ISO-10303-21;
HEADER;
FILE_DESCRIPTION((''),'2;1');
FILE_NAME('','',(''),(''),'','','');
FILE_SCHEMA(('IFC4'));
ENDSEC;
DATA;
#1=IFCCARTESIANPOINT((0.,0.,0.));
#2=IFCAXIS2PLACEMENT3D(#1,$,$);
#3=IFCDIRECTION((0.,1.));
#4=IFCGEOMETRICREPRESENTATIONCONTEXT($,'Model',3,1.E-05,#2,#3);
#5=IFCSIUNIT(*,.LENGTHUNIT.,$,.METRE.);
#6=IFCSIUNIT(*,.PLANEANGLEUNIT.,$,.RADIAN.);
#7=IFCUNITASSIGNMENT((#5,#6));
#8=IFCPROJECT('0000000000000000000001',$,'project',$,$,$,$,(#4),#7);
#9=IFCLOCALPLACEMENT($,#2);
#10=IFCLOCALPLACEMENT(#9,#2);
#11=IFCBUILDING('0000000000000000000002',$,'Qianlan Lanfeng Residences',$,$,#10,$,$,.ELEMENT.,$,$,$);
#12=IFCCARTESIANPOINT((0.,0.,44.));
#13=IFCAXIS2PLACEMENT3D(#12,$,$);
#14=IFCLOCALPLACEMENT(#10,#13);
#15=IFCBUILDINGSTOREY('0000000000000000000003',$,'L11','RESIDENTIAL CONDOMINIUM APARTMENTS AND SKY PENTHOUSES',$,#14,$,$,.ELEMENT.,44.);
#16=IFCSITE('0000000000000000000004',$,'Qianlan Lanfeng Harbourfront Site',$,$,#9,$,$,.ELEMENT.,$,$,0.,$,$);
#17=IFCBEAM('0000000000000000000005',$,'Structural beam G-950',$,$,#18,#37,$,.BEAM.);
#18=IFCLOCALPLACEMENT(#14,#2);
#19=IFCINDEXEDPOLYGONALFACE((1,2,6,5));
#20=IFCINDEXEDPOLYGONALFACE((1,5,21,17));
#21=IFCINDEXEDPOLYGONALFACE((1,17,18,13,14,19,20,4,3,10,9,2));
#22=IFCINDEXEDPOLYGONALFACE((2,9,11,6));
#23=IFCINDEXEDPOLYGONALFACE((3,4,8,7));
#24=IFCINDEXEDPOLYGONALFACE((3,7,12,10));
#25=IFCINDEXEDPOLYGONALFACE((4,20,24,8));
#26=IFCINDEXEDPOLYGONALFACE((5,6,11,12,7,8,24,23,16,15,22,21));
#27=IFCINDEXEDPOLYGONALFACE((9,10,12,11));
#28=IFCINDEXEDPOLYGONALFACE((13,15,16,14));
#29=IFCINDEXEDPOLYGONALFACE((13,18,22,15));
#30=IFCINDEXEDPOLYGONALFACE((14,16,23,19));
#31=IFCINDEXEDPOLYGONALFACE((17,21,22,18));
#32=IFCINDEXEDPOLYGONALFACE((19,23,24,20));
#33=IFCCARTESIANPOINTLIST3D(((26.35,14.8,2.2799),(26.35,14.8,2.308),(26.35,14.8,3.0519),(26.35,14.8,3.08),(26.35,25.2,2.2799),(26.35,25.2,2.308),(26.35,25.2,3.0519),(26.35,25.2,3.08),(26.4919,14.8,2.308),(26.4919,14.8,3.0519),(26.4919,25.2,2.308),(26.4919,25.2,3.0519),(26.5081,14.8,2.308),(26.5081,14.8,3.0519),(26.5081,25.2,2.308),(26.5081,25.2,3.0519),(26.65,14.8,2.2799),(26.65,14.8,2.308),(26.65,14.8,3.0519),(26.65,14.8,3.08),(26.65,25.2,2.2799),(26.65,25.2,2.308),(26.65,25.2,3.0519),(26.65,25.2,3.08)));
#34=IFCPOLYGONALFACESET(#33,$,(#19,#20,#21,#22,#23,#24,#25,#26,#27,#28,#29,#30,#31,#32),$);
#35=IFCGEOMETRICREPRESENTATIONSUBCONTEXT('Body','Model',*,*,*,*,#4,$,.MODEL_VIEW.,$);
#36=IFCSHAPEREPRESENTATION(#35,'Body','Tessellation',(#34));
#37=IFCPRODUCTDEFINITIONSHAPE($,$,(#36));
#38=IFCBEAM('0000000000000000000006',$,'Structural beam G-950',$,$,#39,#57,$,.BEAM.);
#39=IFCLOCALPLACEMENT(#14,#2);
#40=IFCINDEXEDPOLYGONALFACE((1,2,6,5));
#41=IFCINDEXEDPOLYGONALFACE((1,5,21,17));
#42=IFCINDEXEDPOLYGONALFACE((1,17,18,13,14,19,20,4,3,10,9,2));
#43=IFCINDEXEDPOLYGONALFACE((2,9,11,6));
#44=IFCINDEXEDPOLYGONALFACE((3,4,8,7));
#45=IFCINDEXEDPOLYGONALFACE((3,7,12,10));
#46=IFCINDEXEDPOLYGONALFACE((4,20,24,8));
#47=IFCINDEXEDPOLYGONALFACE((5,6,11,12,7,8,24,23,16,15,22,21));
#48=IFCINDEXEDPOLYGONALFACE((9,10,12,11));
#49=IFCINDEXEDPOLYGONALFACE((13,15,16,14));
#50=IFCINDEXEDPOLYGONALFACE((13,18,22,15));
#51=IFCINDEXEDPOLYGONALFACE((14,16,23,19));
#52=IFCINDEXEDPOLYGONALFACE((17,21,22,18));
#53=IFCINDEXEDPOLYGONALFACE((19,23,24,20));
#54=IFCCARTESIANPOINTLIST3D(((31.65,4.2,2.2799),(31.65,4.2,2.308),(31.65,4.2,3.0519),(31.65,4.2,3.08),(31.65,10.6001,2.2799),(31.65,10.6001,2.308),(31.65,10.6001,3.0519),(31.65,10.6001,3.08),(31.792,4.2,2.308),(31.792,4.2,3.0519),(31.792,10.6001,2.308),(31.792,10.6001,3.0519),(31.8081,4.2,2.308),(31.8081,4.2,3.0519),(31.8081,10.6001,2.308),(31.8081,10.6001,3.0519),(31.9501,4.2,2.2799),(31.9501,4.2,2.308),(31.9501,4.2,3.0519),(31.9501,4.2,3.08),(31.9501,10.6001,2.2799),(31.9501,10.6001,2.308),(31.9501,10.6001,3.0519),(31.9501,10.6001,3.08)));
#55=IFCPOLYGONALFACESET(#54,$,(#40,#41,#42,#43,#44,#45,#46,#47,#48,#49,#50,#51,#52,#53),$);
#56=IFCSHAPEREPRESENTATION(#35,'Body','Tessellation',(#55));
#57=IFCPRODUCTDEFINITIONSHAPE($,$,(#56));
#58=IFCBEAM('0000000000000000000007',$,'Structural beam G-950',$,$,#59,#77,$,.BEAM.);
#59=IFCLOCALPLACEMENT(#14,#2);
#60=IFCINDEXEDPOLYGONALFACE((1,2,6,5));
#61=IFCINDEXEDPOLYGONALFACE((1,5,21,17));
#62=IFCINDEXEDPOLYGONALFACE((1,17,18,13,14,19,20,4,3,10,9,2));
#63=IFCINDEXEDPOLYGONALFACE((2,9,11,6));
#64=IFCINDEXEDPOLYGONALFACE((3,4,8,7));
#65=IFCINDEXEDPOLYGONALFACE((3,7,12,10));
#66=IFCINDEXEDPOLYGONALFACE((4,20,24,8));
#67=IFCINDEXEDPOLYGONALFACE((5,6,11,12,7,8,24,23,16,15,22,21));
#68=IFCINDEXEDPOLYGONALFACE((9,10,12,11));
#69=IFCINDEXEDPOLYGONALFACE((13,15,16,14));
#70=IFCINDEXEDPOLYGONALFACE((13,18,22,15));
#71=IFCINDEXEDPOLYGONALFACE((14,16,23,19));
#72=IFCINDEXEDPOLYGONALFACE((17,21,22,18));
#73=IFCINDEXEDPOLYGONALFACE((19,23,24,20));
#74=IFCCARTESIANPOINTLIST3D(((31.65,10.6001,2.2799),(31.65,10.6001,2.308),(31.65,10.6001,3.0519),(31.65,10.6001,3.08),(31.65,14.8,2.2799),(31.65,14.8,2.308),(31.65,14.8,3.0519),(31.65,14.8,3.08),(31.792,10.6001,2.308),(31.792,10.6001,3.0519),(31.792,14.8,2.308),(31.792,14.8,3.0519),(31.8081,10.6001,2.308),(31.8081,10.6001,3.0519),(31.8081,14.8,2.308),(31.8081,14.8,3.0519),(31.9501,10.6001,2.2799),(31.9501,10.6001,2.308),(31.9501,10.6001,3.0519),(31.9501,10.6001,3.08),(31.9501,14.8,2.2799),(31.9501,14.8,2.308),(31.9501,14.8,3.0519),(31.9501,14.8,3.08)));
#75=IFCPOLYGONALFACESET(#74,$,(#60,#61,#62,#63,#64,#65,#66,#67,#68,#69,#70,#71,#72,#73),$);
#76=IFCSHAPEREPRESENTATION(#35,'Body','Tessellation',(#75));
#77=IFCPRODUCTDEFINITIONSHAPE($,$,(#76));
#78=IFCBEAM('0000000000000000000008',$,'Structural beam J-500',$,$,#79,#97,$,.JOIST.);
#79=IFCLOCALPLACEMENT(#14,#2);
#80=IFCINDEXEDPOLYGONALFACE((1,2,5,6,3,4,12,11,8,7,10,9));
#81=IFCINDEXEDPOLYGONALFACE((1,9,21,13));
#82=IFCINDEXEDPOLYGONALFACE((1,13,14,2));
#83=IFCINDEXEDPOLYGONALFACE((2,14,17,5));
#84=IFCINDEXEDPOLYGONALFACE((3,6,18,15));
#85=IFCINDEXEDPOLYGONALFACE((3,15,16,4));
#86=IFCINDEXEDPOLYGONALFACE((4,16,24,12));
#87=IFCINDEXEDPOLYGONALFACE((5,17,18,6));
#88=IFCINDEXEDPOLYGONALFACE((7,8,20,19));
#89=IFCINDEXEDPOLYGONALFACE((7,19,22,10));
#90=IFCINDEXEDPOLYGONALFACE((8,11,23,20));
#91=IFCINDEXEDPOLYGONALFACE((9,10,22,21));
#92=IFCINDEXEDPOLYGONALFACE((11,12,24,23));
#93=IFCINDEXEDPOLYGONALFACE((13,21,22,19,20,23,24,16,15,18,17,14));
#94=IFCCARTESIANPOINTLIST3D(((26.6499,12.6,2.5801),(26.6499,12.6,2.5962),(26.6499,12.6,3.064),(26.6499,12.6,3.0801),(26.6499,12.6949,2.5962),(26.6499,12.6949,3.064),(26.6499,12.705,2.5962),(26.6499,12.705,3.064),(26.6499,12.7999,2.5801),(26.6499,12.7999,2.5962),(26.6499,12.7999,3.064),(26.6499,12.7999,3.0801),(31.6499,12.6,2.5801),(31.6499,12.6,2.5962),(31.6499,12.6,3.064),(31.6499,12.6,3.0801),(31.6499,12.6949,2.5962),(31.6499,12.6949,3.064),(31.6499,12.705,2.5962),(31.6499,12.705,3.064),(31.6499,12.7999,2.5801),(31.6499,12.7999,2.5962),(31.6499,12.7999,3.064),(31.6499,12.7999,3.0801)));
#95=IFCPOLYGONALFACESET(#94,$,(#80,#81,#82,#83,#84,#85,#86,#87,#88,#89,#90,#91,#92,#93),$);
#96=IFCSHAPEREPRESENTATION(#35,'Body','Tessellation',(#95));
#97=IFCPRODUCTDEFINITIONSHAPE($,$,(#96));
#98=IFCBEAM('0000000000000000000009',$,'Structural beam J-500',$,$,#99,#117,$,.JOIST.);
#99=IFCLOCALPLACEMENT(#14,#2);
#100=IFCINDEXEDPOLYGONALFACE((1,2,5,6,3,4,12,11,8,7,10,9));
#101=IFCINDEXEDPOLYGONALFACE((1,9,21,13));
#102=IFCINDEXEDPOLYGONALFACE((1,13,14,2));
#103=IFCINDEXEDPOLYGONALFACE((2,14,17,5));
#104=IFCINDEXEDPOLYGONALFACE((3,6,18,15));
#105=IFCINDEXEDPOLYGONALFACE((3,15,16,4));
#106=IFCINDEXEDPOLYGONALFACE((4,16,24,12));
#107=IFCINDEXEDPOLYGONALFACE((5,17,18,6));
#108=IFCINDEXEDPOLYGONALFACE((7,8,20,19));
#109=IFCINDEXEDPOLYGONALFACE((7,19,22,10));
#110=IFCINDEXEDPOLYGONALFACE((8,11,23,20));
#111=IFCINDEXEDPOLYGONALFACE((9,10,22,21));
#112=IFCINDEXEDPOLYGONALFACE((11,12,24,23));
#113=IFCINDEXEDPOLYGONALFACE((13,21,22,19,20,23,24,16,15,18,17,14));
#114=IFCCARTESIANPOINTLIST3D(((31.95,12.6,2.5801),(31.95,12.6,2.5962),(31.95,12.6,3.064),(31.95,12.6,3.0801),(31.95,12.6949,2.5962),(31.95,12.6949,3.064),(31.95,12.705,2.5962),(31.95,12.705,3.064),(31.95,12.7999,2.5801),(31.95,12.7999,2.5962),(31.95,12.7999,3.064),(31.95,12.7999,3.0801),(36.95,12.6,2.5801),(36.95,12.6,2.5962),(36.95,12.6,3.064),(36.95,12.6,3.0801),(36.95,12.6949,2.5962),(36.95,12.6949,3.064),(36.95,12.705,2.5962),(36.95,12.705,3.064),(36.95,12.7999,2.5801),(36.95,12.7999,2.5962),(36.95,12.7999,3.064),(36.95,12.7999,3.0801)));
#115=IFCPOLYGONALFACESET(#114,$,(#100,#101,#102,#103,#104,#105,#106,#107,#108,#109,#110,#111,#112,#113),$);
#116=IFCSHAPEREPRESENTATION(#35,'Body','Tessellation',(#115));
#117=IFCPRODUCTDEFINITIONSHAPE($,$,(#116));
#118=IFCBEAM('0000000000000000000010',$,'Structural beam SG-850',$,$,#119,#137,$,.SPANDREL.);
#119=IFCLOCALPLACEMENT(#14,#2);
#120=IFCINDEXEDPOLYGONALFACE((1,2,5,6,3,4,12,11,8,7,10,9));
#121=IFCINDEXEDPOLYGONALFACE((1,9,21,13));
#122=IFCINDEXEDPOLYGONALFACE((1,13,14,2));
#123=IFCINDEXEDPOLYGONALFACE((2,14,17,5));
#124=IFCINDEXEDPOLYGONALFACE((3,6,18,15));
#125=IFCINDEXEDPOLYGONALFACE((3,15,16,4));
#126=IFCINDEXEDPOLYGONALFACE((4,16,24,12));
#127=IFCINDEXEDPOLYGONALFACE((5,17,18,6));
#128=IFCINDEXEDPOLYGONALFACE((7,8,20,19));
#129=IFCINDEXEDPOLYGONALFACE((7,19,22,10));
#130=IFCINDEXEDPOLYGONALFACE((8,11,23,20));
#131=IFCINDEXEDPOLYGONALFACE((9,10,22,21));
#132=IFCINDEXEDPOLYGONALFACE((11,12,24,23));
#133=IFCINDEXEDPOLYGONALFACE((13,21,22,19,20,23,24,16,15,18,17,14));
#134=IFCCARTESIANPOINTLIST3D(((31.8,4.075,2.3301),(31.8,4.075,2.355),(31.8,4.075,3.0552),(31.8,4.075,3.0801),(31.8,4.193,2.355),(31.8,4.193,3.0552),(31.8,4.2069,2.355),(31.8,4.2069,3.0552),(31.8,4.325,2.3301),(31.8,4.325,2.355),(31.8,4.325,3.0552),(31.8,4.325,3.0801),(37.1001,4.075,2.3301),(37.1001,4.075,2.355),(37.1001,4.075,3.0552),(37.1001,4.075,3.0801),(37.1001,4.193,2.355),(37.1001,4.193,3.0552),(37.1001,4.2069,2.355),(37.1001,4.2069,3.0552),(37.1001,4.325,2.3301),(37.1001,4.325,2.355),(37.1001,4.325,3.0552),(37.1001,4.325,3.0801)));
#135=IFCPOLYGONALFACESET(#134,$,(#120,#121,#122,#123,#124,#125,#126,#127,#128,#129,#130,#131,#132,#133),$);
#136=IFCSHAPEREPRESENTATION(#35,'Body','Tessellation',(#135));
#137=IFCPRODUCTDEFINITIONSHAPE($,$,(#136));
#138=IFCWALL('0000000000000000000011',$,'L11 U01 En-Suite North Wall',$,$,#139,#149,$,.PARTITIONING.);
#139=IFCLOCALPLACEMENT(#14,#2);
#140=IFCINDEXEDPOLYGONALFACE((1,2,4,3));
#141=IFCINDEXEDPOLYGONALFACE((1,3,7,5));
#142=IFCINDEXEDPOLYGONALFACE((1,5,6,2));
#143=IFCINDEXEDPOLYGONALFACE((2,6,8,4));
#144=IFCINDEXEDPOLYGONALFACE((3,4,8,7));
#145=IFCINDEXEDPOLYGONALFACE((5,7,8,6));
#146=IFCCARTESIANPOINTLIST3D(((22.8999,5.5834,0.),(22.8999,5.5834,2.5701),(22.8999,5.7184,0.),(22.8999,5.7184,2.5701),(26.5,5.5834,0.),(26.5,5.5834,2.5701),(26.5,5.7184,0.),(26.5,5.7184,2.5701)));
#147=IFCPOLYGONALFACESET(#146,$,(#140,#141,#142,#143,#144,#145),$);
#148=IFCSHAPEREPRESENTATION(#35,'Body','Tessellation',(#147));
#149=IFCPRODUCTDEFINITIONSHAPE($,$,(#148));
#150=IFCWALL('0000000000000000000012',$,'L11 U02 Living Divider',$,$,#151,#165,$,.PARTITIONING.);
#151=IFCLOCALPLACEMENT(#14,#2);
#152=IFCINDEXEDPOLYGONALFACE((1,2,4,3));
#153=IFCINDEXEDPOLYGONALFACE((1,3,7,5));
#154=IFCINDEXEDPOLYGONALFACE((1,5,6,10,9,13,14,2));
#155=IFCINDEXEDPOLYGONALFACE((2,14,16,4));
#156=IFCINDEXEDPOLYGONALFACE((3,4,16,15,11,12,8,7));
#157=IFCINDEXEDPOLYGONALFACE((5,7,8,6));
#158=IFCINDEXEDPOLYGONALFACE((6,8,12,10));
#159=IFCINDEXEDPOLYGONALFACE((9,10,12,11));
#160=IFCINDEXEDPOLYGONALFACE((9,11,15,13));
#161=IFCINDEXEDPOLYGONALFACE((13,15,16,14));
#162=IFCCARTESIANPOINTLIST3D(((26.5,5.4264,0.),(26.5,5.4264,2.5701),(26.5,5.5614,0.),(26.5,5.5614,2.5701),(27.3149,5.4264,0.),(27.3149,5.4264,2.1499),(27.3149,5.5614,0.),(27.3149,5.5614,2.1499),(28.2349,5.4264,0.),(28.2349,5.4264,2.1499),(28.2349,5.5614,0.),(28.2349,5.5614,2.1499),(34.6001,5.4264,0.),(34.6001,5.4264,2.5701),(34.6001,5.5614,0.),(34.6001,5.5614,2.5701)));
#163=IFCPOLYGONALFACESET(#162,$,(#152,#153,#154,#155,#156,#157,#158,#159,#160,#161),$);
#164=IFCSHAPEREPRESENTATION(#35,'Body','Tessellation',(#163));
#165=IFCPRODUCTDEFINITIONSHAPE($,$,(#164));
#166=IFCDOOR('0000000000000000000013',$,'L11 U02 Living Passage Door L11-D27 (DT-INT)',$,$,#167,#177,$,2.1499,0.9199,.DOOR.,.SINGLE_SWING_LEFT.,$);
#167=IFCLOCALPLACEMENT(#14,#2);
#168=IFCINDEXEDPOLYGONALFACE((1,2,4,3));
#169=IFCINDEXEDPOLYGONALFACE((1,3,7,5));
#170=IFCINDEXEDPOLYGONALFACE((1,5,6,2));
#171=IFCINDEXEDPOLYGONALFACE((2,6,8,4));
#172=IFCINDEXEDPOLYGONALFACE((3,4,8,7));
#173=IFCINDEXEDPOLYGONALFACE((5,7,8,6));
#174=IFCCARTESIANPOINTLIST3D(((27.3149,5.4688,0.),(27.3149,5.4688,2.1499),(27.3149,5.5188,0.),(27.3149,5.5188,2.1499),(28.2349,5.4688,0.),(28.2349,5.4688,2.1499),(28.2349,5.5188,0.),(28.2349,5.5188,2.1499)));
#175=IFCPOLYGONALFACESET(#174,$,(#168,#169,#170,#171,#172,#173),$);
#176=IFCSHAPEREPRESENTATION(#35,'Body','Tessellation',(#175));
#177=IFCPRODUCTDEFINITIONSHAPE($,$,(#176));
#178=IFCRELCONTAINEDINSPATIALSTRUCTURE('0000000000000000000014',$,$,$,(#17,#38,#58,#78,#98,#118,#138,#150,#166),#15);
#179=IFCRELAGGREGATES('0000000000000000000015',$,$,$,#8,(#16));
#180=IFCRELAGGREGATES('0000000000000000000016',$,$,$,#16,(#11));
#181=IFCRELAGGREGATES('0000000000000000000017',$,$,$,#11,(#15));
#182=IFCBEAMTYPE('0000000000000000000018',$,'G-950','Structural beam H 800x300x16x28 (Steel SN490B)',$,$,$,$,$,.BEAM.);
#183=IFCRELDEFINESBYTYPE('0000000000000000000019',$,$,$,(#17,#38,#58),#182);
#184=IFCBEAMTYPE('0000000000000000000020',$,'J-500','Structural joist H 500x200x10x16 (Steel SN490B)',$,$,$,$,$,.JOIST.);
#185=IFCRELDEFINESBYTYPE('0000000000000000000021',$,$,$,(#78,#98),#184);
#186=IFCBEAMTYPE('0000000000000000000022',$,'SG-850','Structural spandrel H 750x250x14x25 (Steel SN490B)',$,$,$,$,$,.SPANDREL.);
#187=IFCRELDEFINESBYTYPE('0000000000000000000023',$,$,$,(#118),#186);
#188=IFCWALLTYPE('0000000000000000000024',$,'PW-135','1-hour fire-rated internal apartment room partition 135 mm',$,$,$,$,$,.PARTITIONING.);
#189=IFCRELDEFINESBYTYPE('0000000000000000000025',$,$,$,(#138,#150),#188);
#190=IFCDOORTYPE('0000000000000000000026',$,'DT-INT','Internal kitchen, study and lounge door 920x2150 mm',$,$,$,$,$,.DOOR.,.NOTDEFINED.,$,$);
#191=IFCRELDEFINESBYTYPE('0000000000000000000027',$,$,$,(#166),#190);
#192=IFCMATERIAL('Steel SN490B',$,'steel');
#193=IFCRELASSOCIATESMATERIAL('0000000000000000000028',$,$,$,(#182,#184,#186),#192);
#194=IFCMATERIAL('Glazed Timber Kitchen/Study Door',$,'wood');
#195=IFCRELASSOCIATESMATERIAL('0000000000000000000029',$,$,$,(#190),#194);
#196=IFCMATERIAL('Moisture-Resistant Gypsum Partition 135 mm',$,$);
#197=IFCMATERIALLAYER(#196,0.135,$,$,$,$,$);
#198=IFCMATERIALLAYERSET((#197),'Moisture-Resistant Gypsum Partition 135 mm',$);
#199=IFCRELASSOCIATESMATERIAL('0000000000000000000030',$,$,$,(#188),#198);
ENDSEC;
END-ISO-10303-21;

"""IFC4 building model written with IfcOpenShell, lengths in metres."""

from ifc_helpers import new_model, si_unit, direction, frame, frame_2d, origin, origin_2d, place, context, subcontext, project, spatial, rectangle, i_section, extrude, material, layer, layer_set, material_profile, profile_set, type_object, element, fill, save


model = new_model("IFC4")

# Units and contexts
model_context = context("Model", 3, precision=1e-05, world=origin(), true_north=direction((0.0, 1.0)))
body_context = subcontext(model_context, "Body", "Model", "MODEL_VIEW")
ifc_project = project(units=[si_unit("LENGTHUNIT", "METRE"), si_unit("PLANEANGLEUNIT", "RADIAN")], contexts=[model_context])

# Site, building, storey
site_placement = place(None, origin())
site = spatial("IfcSite", under=ifc_project, at=site_placement, Name="Qianlan Lanfeng Harbourfront Site", CompositionType="ELEMENT", RefElevation=0.0)
building_placement = place(site_placement, origin())
building = spatial("IfcBuilding", under=site, at=building_placement, Name="Qianlan Lanfeng Residences", CompositionType="ELEMENT")
storey_placement = place(building_placement, frame((0.0, 0.0, 44.0)))
storey = spatial("IfcBuildingStorey", under=building, at=storey_placement, Name="L11", Description="RESIDENTIAL CONDOMINIUM APARTMENTS AND SKY PENTHOUSES", CompositionType="ELEMENT", Elevation=44.0)

# Shared definitions
ifc_material_1 = material(Name="Steel SN490B", Category="steel")

# Beams
ifc_material_profile_1 = material_profile(ifc_material_1, i_section(OverallWidth=0.3, OverallDepth=0.8, WebThickness=0.0161, FlangeThickness=0.0281, at=origin_2d()), Name="H 800x300x16x28")
ifc_profile_set_1 = profile_set([ifc_material_profile_1], Name="Steel SN490B")
beam_type_1 = type_object("IfcBeamType", Name="G-950", Description="Structural beam H 800x300x16x28 (Steel SN490B)", PredefinedType="BEAM", material=ifc_profile_set_1)
beam_1_placement = place(storey_placement, frame((26.5, 14.8, 2.6799), z_axis=(0.0, 1.0, 0.0), x_axis=(-1.0, 0.0, 0.0)))
element("IfcBeam", 1, at=beam_1_placement, inside=storey, type_object=beam_type_1, Name="Structural beam G-950", PredefinedType="BEAM", context=body_context, shape_type="SweptSolid", body=[
    extrude(i_section(OverallWidth=0.3, OverallDepth=0.8, WebThickness=0.0161, FlangeThickness=0.0281, at=origin_2d()), origin(), (0.0, 0.0, 1.0), 10.3999),
])
beam_2_placement = place(storey_placement, frame((31.8, 4.2, 2.6799), z_axis=(0.0, 1.0, 0.0), x_axis=(-1.0, 0.0, 0.0)))
element("IfcBeam", 2, at=beam_2_placement, inside=storey, type_object=beam_type_1, Name="Structural beam G-950", PredefinedType="BEAM", context=body_context, shape_type="SweptSolid", body=[
    extrude(i_section(OverallWidth=0.3, OverallDepth=0.8, WebThickness=0.0161, FlangeThickness=0.0281, at=origin_2d()), origin(), (0.0, 0.0, 1.0), 6.4001),
])
beam_3_placement = place(storey_placement, frame((31.8, 10.6001, 2.6799), z_axis=(0.0, 1.0, 0.0), x_axis=(-1.0, 0.0, 0.0)))
element("IfcBeam", 3, at=beam_3_placement, inside=storey, type_object=beam_type_1, Name="Structural beam G-950", PredefinedType="BEAM", context=body_context, shape_type="SweptSolid", body=[
    extrude(i_section(OverallWidth=0.3, OverallDepth=0.8, WebThickness=0.0161, FlangeThickness=0.0281, at=origin_2d()), origin(), (0.0, 0.0, 1.0), 4.2),
])
ifc_material_profile_2 = material_profile(ifc_material_1, i_section(OverallWidth=0.2, OverallDepth=0.5, WebThickness=0.01, FlangeThickness=0.0161, at=origin_2d()), Name="H 500x200x10x16")
ifc_profile_set_2 = profile_set([ifc_material_profile_2], Name="Steel SN490B")
beam_type_2 = type_object("IfcBeamType", Name="J-500", Description="Structural joist H 500x200x10x16 (Steel SN490B)", PredefinedType="JOIST", material=ifc_profile_set_2)
for number, where, z_axis, x_axis, name in (
    (4, (26.6499, 12.7, 2.8301), (1.0, 0.0, 0.0), (0.0, 1.0, 0.0), "Structural beam J-500"),
    (5, (31.95, 12.7, 2.8301), (1.0, 0.0, 0.0), (0.0, 1.0, 0.0), "Structural beam J-500"),
):
    element("IfcBeam", number, at=place(storey_placement, frame(where, z_axis=z_axis, x_axis=x_axis)), inside=storey, type_object=beam_type_2, Name=name, PredefinedType="JOIST", context=body_context, shape_type="SweptSolid", body=[
        extrude(i_section(OverallWidth=0.2, OverallDepth=0.5, WebThickness=0.01, FlangeThickness=0.0161, at=origin_2d()), origin(), (0.0, 0.0, 1.0), 5.0),
    ])
ifc_material_profile_3 = material_profile(ifc_material_1, i_section(OverallWidth=0.25, OverallDepth=0.75, WebThickness=0.0139, FlangeThickness=0.0249, at=origin_2d()), Name="H 750x250x14x25")
ifc_profile_set_3 = profile_set([ifc_material_profile_3], Name="Steel SN490B")
beam_type_3 = type_object("IfcBeamType", Name="SG-850", Description="Structural spandrel H 750x250x14x25 (Steel SN490B)", PredefinedType="SPANDREL", material=ifc_profile_set_3)
beam_4_placement = place(storey_placement, frame((31.8, 4.2, 2.7051), z_axis=(1.0, 0.0, 0.0), x_axis=(0.0, 1.0, 0.0)))
element("IfcBeam", 6, at=beam_4_placement, inside=storey, type_object=beam_type_3, Name="Structural beam SG-850", PredefinedType="SPANDREL", context=body_context, shape_type="SweptSolid", body=[
    extrude(i_section(OverallWidth=0.25, OverallDepth=0.75, WebThickness=0.0139, FlangeThickness=0.0249, at=origin_2d()), origin(), (0.0, 0.0, 1.0), 5.3),
])

# Shared definitions
ifc_material_2 = material(Name="Glazed Timber Kitchen/Study Door", Category="wood")
door_type_1 = type_object("IfcDoorType", Name="DT-INT", Description="Internal kitchen, study and lounge door 920x2150 mm", OperationType="NOTDEFINED", PredefinedType="DOOR", material=ifc_material_2)

# Wall
ifc_material_3 = material(Name="Moisture-Resistant Gypsum Partition 135 mm")
ifc_layer_1 = layer(ifc_material_3, 0.135)
ifc_layer_set_1 = layer_set([ifc_layer_1], Name="Moisture-Resistant Gypsum Partition 135 mm")
wall_type_1 = type_object("IfcWallType", Name="PW-135", Description="1-hour fire-rated internal apartment room partition 135 mm", PredefinedType="PARTITIONING", material=ifc_layer_set_1)
wall_1_placement = place(storey_placement, frame((22.8999, 5.6509, 0.0), z_axis=(0.0, 0.0, 1.0), x_axis=(1.0, 0.0, 0.0)))
element("IfcWall", 7, at=wall_1_placement, inside=storey, type_object=wall_type_1, Name="L11 U01 En-Suite North Wall", PredefinedType="PARTITIONING", context=body_context, shape_type="SweptSolid", body=[
    extrude(rectangle(XDim=3.6001, YDim=0.135, at=frame_2d((1.8, 0.0))), origin(), (0.0, 0.0, 1.0), 2.5701),
])

# Wall, opening, door
wall_2_placement = place(storey_placement, frame((26.5, 5.4939, 0.0), z_axis=(0.0, 0.0, 1.0), x_axis=(1.0, 0.0, 0.0)))
wall_2 = element("IfcWall", 8, at=wall_2_placement, inside=storey, type_object=wall_type_1, Name="L11 U02 Living Divider", PredefinedType="PARTITIONING", context=body_context, shape_type="SweptSolid", body=[
    extrude(rectangle(XDim=8.1001, YDim=0.135, at=frame_2d((4.05, 0.0))), origin(), (0.0, 0.0, 1.0), 2.5701),
])
opening_1_placement = place(wall_2_placement, frame((0.8149, 0.0, 0.0)))
opening_1 = element("IfcOpeningElement", 9, at=opening_1_placement, cuts=wall_2, PredefinedType="OPENING", context=body_context, shape_type="SweptSolid", body=[
    extrude(rectangle(XDim=0.9199, YDim=2.1499, at=frame_2d((0.46, 1.075))), frame((0.0, 0.0776, 0.0), z_axis=(0.0, -1.0, 0.0), x_axis=(1.0, 0.0, 0.0)), (0.0, 0.0, 1.0), 0.155),
])
door_1_placement = place(opening_1_placement, origin())
door_1 = element("IfcDoor", 10, at=door_1_placement, inside=storey, type_object=door_type_1, Name="L11 U02 Living Passage Door L11-D27 (DT-INT)", OperationType="SINGLE_SWING_LEFT", OverallHeight=2.1499, OverallWidth=0.9199, PredefinedType="DOOR", context=body_context, shape_type="SweptSolid", body=[
    extrude(rectangle(XDim=0.9199, YDim=2.1499, at=frame_2d((0.46, 1.075))), frame((0.0, 0.0249, 0.0), z_axis=(0.0, -1.0, 0.0), x_axis=(1.0, 0.0, 0.0)), (0.0, 0.0, 1.0), 0.05),
])
fill(opening_1, door_1)

save(model, "model.ifc")
